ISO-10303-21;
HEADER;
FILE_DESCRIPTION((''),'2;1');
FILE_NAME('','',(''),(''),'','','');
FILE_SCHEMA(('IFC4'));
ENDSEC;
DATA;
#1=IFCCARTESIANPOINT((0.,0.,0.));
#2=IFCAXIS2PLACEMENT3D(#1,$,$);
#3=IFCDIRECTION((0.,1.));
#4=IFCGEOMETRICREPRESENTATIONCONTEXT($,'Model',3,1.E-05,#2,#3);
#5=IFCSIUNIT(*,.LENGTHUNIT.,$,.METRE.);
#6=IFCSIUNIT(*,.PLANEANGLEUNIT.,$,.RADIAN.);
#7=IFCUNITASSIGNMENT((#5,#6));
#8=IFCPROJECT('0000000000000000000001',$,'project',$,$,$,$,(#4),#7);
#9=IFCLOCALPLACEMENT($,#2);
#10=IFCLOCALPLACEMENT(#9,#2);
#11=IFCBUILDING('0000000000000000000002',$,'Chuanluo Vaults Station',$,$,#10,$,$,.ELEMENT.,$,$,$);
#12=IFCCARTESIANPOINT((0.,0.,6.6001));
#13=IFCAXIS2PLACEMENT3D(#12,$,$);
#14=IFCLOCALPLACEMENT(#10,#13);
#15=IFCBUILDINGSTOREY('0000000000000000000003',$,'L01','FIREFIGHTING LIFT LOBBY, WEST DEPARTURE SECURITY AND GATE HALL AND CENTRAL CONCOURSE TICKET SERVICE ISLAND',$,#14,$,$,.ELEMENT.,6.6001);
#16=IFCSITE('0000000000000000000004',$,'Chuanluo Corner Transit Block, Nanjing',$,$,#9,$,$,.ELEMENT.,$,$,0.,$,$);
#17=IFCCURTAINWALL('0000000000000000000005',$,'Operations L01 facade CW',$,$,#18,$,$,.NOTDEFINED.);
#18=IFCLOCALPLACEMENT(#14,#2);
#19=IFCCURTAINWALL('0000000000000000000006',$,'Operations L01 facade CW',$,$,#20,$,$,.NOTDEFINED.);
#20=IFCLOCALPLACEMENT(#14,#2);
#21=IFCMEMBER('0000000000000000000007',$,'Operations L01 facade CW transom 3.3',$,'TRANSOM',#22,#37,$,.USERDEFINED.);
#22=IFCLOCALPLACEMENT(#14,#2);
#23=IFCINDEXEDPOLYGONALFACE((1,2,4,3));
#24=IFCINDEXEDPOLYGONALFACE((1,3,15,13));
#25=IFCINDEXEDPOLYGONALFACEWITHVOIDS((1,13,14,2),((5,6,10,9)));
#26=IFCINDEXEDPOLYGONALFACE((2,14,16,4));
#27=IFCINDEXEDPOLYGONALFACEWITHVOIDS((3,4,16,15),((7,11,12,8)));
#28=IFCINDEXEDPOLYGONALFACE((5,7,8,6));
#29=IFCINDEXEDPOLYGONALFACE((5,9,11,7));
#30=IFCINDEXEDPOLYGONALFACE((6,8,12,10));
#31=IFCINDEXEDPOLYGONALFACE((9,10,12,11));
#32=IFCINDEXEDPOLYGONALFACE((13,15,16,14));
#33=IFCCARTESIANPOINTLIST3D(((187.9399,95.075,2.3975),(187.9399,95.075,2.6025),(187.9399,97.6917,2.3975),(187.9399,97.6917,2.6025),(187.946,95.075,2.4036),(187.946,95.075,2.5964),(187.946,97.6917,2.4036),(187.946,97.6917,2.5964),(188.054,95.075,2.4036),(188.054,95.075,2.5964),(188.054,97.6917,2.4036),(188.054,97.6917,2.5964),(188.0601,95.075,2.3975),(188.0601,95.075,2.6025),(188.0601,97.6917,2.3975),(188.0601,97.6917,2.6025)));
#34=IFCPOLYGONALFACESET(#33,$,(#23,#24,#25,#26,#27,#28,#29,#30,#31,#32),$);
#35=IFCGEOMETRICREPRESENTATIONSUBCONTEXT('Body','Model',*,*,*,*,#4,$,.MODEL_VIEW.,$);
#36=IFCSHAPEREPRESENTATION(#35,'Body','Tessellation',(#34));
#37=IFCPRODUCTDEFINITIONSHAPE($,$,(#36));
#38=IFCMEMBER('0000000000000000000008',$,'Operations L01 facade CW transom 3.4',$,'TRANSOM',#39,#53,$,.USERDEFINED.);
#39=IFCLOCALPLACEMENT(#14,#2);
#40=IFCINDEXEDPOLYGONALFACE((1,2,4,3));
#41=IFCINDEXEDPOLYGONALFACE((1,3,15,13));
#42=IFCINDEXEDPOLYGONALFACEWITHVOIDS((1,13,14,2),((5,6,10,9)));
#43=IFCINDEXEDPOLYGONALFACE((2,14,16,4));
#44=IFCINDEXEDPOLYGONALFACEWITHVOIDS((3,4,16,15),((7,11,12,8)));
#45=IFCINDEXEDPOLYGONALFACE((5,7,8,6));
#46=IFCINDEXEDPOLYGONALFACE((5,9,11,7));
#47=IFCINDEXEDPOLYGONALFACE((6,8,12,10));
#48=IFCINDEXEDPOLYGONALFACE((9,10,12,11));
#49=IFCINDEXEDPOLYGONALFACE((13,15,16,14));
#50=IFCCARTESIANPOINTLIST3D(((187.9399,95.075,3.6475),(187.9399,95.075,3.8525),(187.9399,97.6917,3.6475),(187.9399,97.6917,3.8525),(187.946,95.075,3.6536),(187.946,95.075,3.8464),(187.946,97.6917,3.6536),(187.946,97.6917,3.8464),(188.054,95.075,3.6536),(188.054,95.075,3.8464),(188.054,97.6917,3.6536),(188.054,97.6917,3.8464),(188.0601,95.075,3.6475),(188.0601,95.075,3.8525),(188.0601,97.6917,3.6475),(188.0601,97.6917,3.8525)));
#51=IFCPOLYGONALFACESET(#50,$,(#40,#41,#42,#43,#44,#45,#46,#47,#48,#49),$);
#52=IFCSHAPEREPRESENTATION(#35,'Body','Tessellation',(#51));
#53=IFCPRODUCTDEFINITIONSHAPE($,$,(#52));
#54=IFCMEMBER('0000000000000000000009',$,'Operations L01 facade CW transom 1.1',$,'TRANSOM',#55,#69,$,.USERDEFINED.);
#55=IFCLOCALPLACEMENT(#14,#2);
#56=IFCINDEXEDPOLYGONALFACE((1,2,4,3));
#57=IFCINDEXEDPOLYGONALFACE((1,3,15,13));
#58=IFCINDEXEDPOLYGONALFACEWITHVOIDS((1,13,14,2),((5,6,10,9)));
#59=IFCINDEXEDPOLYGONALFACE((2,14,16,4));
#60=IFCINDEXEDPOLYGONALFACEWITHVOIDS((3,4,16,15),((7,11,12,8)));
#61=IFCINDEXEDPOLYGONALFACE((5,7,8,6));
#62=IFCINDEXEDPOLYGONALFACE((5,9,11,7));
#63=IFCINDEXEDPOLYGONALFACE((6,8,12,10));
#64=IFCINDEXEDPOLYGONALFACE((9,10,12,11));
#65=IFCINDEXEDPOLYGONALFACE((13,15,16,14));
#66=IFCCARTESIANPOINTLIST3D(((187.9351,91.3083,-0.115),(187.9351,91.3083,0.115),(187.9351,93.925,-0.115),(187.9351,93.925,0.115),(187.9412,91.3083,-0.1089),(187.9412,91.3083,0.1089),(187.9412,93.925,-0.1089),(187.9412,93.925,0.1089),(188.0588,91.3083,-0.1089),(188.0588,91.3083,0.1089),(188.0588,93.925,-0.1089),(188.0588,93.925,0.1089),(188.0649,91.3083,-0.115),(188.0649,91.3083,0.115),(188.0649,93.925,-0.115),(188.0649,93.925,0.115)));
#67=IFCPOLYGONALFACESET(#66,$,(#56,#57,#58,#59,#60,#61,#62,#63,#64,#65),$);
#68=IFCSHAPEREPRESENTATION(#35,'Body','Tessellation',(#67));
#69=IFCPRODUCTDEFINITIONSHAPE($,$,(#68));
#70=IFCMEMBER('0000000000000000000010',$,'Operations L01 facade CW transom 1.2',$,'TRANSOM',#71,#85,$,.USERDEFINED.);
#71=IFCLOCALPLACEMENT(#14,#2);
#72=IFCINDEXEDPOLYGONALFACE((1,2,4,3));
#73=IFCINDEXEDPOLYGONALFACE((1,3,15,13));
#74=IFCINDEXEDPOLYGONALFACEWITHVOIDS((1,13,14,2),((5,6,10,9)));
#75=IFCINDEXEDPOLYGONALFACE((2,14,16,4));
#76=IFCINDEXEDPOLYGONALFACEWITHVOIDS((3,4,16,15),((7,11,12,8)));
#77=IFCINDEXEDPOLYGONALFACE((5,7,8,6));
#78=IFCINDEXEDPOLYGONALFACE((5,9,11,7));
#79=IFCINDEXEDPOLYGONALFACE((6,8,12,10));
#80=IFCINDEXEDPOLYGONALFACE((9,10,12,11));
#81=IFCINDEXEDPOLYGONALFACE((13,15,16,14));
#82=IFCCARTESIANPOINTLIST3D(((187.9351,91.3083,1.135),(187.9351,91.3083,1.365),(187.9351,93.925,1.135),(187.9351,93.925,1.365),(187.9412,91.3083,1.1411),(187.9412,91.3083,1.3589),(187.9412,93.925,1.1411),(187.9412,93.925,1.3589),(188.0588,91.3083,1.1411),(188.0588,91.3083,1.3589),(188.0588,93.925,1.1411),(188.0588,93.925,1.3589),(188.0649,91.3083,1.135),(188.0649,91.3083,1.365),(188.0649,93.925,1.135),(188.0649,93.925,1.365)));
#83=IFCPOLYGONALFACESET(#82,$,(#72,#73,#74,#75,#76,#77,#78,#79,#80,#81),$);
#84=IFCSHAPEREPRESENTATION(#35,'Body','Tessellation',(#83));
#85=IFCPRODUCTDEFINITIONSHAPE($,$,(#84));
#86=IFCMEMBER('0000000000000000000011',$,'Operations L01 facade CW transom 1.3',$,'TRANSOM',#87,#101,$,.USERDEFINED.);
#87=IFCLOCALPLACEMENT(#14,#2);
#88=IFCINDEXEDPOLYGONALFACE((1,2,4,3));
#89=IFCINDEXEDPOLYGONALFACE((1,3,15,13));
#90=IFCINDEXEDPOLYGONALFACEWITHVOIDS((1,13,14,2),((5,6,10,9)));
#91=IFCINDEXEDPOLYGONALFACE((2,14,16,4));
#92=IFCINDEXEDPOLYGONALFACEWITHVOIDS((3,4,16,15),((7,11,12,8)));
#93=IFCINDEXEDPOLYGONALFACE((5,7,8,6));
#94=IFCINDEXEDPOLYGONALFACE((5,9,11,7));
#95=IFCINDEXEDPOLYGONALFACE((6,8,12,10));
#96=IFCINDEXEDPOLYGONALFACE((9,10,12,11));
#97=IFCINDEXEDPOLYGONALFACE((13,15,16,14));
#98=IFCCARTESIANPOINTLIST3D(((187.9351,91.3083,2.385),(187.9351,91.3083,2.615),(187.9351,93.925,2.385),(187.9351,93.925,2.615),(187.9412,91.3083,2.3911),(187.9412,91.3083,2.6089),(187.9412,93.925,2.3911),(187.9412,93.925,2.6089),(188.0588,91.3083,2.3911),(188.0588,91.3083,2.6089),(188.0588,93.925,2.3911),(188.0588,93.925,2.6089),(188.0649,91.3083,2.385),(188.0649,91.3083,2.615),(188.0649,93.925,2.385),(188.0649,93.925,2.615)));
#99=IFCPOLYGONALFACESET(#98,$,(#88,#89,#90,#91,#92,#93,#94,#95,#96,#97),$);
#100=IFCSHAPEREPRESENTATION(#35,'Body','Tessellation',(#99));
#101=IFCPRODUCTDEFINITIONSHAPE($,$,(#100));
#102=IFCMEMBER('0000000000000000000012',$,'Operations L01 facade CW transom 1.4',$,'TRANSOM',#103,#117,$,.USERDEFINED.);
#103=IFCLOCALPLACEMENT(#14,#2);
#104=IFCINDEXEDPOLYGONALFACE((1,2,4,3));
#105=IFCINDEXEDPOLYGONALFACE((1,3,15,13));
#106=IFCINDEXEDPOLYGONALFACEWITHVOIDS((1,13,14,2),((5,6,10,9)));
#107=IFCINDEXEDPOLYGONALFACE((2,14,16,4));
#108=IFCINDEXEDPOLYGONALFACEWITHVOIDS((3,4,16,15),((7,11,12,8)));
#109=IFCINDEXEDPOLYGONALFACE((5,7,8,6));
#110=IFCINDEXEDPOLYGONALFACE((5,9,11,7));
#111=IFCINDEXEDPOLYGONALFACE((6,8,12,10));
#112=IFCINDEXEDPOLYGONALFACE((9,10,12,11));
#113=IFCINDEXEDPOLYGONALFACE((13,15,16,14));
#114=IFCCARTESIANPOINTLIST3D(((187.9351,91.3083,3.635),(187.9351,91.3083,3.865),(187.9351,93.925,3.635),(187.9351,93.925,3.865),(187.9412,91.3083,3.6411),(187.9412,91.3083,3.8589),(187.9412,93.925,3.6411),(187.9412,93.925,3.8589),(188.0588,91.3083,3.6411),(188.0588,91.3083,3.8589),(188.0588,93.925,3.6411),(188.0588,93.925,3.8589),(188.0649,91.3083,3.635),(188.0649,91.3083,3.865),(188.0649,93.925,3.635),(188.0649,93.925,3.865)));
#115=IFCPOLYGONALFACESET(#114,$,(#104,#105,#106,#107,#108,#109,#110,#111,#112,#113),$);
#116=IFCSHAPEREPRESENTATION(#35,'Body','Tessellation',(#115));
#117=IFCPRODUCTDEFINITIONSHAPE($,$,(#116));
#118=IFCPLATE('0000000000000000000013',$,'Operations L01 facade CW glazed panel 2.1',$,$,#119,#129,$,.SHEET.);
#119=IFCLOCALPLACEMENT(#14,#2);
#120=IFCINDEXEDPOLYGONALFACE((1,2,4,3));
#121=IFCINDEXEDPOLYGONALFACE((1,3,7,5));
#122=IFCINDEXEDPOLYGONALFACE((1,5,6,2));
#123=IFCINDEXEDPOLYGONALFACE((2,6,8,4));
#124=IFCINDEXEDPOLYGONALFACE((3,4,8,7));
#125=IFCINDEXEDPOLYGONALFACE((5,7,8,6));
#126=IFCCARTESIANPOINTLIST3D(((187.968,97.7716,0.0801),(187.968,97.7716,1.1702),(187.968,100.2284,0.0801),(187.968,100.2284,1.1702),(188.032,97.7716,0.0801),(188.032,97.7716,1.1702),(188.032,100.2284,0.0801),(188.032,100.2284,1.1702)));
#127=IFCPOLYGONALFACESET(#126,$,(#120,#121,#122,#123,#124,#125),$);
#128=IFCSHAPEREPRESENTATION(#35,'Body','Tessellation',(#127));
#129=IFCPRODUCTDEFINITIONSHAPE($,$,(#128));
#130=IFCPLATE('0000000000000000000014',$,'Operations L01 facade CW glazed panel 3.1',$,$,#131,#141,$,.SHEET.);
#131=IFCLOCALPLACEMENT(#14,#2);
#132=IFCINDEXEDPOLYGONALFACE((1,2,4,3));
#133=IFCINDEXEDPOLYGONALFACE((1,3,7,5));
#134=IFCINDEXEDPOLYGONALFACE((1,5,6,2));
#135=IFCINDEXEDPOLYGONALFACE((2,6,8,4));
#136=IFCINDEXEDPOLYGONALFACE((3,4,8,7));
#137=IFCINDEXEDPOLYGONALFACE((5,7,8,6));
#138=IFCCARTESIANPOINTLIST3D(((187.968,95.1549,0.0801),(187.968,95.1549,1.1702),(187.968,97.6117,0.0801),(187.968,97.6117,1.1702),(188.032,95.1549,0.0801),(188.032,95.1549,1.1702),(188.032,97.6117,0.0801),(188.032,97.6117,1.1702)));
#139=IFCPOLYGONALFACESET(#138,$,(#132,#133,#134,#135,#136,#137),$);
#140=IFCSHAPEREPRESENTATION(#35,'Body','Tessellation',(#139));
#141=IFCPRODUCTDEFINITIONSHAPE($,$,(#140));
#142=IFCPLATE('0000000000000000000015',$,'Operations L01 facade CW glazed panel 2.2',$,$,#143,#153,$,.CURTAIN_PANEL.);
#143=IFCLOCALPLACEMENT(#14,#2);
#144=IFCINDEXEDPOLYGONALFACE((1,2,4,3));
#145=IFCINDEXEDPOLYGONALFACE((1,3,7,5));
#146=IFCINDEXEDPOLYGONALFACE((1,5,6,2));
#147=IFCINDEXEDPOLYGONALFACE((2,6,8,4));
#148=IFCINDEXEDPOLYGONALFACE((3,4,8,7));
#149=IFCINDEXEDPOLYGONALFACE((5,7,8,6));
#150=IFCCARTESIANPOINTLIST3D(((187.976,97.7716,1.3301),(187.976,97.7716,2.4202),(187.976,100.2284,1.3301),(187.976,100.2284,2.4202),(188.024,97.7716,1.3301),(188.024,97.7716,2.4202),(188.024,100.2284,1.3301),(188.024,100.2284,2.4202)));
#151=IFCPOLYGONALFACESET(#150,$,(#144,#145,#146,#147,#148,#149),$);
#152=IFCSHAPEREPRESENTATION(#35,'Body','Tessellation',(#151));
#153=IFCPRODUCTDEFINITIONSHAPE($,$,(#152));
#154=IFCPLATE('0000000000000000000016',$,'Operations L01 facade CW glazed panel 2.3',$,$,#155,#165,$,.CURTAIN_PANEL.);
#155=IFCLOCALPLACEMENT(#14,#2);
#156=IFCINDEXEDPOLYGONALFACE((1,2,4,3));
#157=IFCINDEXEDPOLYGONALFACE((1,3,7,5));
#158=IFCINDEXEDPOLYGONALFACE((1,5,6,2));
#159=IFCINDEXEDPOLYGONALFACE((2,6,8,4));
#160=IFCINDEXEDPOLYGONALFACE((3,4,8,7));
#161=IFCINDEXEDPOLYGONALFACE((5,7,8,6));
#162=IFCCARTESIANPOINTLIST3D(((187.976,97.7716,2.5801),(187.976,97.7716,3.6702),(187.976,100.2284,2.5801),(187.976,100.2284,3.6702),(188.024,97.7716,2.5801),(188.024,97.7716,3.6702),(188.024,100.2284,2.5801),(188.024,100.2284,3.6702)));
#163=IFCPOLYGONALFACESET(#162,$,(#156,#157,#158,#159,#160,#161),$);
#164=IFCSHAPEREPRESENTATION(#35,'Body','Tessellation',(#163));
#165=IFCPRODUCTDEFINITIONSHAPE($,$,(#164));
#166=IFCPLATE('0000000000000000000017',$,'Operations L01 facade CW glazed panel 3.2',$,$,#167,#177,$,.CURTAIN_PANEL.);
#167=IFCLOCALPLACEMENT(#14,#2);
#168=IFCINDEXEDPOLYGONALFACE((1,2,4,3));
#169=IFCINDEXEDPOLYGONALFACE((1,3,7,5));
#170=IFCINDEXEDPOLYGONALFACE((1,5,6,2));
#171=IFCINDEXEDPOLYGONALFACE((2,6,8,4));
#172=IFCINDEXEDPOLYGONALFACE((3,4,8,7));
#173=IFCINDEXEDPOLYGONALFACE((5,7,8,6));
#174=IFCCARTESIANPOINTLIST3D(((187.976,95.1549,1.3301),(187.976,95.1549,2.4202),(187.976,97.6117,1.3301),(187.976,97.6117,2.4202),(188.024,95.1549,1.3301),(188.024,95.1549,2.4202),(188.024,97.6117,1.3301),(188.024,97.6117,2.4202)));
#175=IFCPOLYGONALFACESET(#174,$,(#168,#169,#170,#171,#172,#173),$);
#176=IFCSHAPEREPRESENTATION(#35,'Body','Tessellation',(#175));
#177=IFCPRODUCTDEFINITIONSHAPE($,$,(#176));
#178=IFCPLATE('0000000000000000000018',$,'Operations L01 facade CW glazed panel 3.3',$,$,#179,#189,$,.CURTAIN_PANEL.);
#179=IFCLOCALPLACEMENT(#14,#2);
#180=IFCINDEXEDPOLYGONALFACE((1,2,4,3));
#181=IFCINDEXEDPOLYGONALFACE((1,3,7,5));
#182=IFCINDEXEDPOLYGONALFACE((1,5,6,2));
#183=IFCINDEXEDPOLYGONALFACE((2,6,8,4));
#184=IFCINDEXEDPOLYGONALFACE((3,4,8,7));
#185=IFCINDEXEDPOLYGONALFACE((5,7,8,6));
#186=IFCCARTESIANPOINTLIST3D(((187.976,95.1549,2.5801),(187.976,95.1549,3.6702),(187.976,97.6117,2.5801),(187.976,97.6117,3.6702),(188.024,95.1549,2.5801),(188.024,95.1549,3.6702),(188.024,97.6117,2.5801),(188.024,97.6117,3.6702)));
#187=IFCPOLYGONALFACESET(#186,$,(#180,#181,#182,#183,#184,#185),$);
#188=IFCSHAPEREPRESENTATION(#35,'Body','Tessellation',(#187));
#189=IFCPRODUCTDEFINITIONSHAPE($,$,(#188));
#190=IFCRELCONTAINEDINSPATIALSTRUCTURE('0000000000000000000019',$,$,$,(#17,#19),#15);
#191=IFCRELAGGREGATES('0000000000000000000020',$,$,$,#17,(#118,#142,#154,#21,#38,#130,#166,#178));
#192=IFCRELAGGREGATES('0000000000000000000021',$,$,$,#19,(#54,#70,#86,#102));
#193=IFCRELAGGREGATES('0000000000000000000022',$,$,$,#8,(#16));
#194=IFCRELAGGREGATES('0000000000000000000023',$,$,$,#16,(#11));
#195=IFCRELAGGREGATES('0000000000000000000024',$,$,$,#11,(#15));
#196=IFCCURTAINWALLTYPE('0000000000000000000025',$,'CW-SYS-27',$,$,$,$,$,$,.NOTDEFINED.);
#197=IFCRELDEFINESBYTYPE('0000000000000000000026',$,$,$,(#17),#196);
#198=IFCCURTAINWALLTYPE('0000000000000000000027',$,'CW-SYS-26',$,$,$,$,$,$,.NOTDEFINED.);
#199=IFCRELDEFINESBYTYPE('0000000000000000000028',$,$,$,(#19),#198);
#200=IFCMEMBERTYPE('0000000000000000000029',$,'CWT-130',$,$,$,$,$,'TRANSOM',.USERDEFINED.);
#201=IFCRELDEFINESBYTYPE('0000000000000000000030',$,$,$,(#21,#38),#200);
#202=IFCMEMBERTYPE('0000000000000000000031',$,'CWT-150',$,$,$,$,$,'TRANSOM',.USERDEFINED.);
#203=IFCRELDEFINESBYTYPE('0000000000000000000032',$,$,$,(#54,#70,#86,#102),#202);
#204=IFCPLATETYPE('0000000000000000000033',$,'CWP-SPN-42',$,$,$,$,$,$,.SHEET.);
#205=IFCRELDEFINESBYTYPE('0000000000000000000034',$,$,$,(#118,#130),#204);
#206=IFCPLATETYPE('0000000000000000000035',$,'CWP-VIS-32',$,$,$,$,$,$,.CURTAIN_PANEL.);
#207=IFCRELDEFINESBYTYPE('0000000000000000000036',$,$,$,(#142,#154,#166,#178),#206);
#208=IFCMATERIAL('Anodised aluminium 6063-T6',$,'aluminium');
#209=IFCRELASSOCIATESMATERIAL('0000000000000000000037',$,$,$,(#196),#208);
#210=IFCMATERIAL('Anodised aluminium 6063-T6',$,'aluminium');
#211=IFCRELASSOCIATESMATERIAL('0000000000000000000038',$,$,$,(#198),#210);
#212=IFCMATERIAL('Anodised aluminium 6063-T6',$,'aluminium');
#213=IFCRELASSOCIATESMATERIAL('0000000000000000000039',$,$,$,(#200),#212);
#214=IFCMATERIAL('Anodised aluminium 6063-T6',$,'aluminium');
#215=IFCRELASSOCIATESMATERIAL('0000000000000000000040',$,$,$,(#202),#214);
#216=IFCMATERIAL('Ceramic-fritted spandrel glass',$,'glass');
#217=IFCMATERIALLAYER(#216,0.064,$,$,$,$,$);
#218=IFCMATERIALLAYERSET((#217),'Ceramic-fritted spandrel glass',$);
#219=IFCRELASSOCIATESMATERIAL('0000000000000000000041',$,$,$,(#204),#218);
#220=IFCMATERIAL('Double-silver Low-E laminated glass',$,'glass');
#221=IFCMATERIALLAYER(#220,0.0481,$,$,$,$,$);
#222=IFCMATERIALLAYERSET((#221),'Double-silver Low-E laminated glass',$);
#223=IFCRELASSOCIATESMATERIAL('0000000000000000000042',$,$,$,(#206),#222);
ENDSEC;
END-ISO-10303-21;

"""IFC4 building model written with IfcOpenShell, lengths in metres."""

from ifc_helpers import new_model, si_unit, direction, frame, origin, origin_2d, place, context, subcontext, project, spatial, rectangle, hollow_rectangle, extrude, material, layer, layer_set, material_profile, profile_set, type_object, element, aggregate, save


model = new_model("IFC4")

# Units and contexts
model_context = context("Model", 3, precision=1e-05, world=origin(), true_north=direction((0.0, 1.0)))
body_context = subcontext(model_context, "Body", "Model", "MODEL_VIEW")
ifc_project = project(units=[si_unit("LENGTHUNIT", "METRE"), si_unit("PLANEANGLEUNIT", "RADIAN")], contexts=[model_context])

# Site, building, storey
site_placement = place(None, origin())
site = spatial("IfcSite", under=ifc_project, at=site_placement, Name="Chuanluo Corner Transit Block, Nanjing", CompositionType="ELEMENT", RefElevation=0.0)
building_placement = place(site_placement, origin())
building = spatial("IfcBuilding", under=site, at=building_placement, Name="Chuanluo Vaults Station", CompositionType="ELEMENT")
storey_placement = place(building_placement, frame((0.0, 0.0, 6.6001)))
storey = spatial("IfcBuildingStorey", under=building, at=storey_placement, Name="L01", Description="FIREFIGHTING LIFT LOBBY, WEST DEPARTURE SECURITY AND GATE HALL AND CENTRAL CONCOURSE TICKET SERVICE ISLAND", CompositionType="ELEMENT", Elevation=6.6001)

# Curtain wall
ifc_material_1 = material(Name="Anodised aluminium 6063-T6", Category="aluminium")
curtain_wall_type_1 = type_object("IfcCurtainWallType", Name="CW-SYS-27", PredefinedType="NOTDEFINED", material=ifc_material_1)
curtain_wall_1_placement = place(storey_placement, origin())
curtain_wall_1 = element("IfcCurtainWall", 1, at=curtain_wall_1_placement, inside=storey, type_object=curtain_wall_type_1, Name="Operations L01 facade CW", PredefinedType="NOTDEFINED")

# Curtain wall
ifc_material_2 = material(Name="Anodised aluminium 6063-T6", Category="aluminium")
curtain_wall_type_2 = type_object("IfcCurtainWallType", Name="CW-SYS-26", PredefinedType="NOTDEFINED", material=ifc_material_2)
curtain_wall_2_placement = place(storey_placement, origin())
curtain_wall_2 = element("IfcCurtainWall", 2, at=curtain_wall_2_placement, inside=storey, type_object=curtain_wall_type_2, Name="Operations L01 facade CW", PredefinedType="NOTDEFINED")

# Members
ifc_material_3 = material(Name="Anodised aluminium 6063-T6", Category="aluminium")
ifc_material_profile_1 = material_profile(ifc_material_3, hollow_rectangle(XDim=0.1201, YDim=0.2051, WallThickness=0.0061, at=origin_2d()))
ifc_profile_set_1 = profile_set([ifc_material_profile_1], Name="Anodised aluminium 6063-T6")
member_type_1 = type_object("IfcMemberType", Name="CWT-130", ElementType="TRANSOM", PredefinedType="USERDEFINED", material=ifc_profile_set_1)
member_1_placement = place(storey_placement, frame((188.0, 97.6917, 2.5), z_axis=(0.0, -1.0, 0.0), x_axis=(1.0, 0.0, 0.0)))
member_1 = element("IfcMember", 3, at=member_1_placement, type_object=member_type_1, Name="Operations L01 facade CW transom 3.3", ObjectType="TRANSOM", PredefinedType="USERDEFINED", context=body_context, shape_type="SweptSolid", body=[
    extrude(hollow_rectangle(XDim=0.1201, YDim=0.2051, WallThickness=0.0061, at=origin_2d()), origin(), (0.0, 0.0, 1.0), 2.6167),
])
member_2_placement = place(storey_placement, frame((188.0, 97.6917, 3.75), z_axis=(0.0, -1.0, 0.0), x_axis=(1.0, 0.0, 0.0)))
member_2 = element("IfcMember", 4, at=member_2_placement, type_object=member_type_1, Name="Operations L01 facade CW transom 3.4", ObjectType="TRANSOM", PredefinedType="USERDEFINED", context=body_context, shape_type="SweptSolid", body=[
    extrude(hollow_rectangle(XDim=0.1201, YDim=0.2051, WallThickness=0.0061, at=origin_2d()), origin(), (0.0, 0.0, 1.0), 2.6167),
])
ifc_material_4 = material(Name="Anodised aluminium 6063-T6", Category="aluminium")
ifc_material_profile_2 = material_profile(ifc_material_4, hollow_rectangle(XDim=0.1299, YDim=0.23, WallThickness=0.0061, at=origin_2d()))
ifc_profile_set_2 = profile_set([ifc_material_profile_2], Name="Anodised aluminium 6063-T6")
member_type_2 = type_object("IfcMemberType", Name="CWT-150", ElementType="TRANSOM", PredefinedType="USERDEFINED", material=ifc_profile_set_2)
member_3_placement = place(storey_placement, frame((188.0, 93.925, 0.0), z_axis=(0.0, -1.0, 0.0), x_axis=(1.0, 0.0, 0.0)))
member_3 = element("IfcMember", 5, at=member_3_placement, type_object=member_type_2, Name="Operations L01 facade CW transom 1.1", ObjectType="TRANSOM", PredefinedType="USERDEFINED", context=body_context, shape_type="SweptSolid", body=[
    extrude(hollow_rectangle(XDim=0.1299, YDim=0.23, WallThickness=0.0061, at=origin_2d()), origin(), (0.0, 0.0, 1.0), 2.6167),
])
member_4_placement = place(storey_placement, frame((188.0, 93.925, 1.25), z_axis=(0.0, -1.0, 0.0), x_axis=(1.0, 0.0, 0.0)))
member_4 = element("IfcMember", 6, at=member_4_placement, type_object=member_type_2, Name="Operations L01 facade CW transom 1.2", ObjectType="TRANSOM", PredefinedType="USERDEFINED", context=body_context, shape_type="SweptSolid", body=[
    extrude(hollow_rectangle(XDim=0.1299, YDim=0.23, WallThickness=0.0061, at=origin_2d()), origin(), (0.0, 0.0, 1.0), 2.6167),
])
member_5_placement = place(storey_placement, frame((188.0, 93.925, 2.5), z_axis=(0.0, -1.0, 0.0), x_axis=(1.0, 0.0, 0.0)))
member_5 = element("IfcMember", 7, at=member_5_placement, type_object=member_type_2, Name="Operations L01 facade CW transom 1.3", ObjectType="TRANSOM", PredefinedType="USERDEFINED", context=body_context, shape_type="SweptSolid", body=[
    extrude(hollow_rectangle(XDim=0.1299, YDim=0.23, WallThickness=0.0061, at=origin_2d()), origin(), (0.0, 0.0, 1.0), 2.6167),
])
member_6_placement = place(storey_placement, frame((188.0, 93.925, 3.75), z_axis=(0.0, -1.0, 0.0), x_axis=(1.0, 0.0, 0.0)))
member_6 = element("IfcMember", 8, at=member_6_placement, type_object=member_type_2, Name="Operations L01 facade CW transom 1.4", ObjectType="TRANSOM", PredefinedType="USERDEFINED", context=body_context, shape_type="SweptSolid", body=[
    extrude(hollow_rectangle(XDim=0.1299, YDim=0.23, WallThickness=0.0061, at=origin_2d()), origin(), (0.0, 0.0, 1.0), 2.6167),
])

# Plates
ifc_material_5 = material(Name="Ceramic-fritted spandrel glass", Category="glass")
ifc_layer_1 = layer(ifc_material_5, 0.064)
ifc_layer_set_1 = layer_set([ifc_layer_1], Name="Ceramic-fritted spandrel glass")
plate_type_1 = type_object("IfcPlateType", Name="CWP-SPN-42", PredefinedType="SHEET", material=ifc_layer_set_1)
plate_1_placement = place(storey_placement, frame((188.0, 99.0, 0.0801), z_axis=(0.0, 0.0, 1.0), x_axis=(0.0, -1.0, 0.0)))
plate_1 = element("IfcPlate", 9, at=plate_1_placement, type_object=plate_type_1, Name="Operations L01 facade CW glazed panel 2.1", PredefinedType="SHEET", context=body_context, shape_type="SweptSolid", body=[
    extrude(rectangle(XDim=2.4568, YDim=0.064, at=origin_2d()), origin(), (0.0, 0.0, 1.0), 1.0901),
])
plate_2_placement = place(storey_placement, frame((188.0, 96.3833, 0.0801), z_axis=(0.0, 0.0, 1.0), x_axis=(0.0, -1.0, 0.0)))
plate_2 = element("IfcPlate", 10, at=plate_2_placement, type_object=plate_type_1, Name="Operations L01 facade CW glazed panel 3.1", PredefinedType="SHEET", context=body_context, shape_type="SweptSolid", body=[
    extrude(rectangle(XDim=2.4568, YDim=0.064, at=origin_2d()), origin(), (0.0, 0.0, 1.0), 1.0901),
])
ifc_material_6 = material(Name="Double-silver Low-E laminated glass", Category="glass")
ifc_layer_2 = layer(ifc_material_6, 0.0481)
ifc_layer_set_2 = layer_set([ifc_layer_2], Name="Double-silver Low-E laminated glass")
plate_type_2 = type_object("IfcPlateType", Name="CWP-VIS-32", PredefinedType="CURTAIN_PANEL", material=ifc_layer_set_2)
plate_3_placement = place(storey_placement, frame((188.0, 99.0, 1.3301), z_axis=(0.0, 0.0, 1.0), x_axis=(0.0, -1.0, 0.0)))
plate_3 = element("IfcPlate", 11, at=plate_3_placement, type_object=plate_type_2, Name="Operations L01 facade CW glazed panel 2.2", PredefinedType="CURTAIN_PANEL", context=body_context, shape_type="SweptSolid", body=[
    extrude(rectangle(XDim=2.4568, YDim=0.0481, at=origin_2d()), origin(), (0.0, 0.0, 1.0), 1.0901),
])
plate_4_placement = place(storey_placement, frame((188.0, 99.0, 2.5801), z_axis=(0.0, 0.0, 1.0), x_axis=(0.0, -1.0, 0.0)))
plate_4 = element("IfcPlate", 12, at=plate_4_placement, type_object=plate_type_2, Name="Operations L01 facade CW glazed panel 2.3", PredefinedType="CURTAIN_PANEL", context=body_context, shape_type="SweptSolid", body=[
    extrude(rectangle(XDim=2.4568, YDim=0.0481, at=origin_2d()), origin(), (0.0, 0.0, 1.0), 1.0901),
])
plate_5_placement = place(storey_placement, frame((188.0, 96.3833, 1.3301), z_axis=(0.0, 0.0, 1.0), x_axis=(0.0, -1.0, 0.0)))
plate_5 = element("IfcPlate", 13, at=plate_5_placement, type_object=plate_type_2, Name="Operations L01 facade CW glazed panel 3.2", PredefinedType="CURTAIN_PANEL", context=body_context, shape_type="SweptSolid", body=[
    extrude(rectangle(XDim=2.4568, YDim=0.0481, at=origin_2d()), origin(), (0.0, 0.0, 1.0), 1.0901),
])
plate_6_placement = place(storey_placement, frame((188.0, 96.3833, 2.5801), z_axis=(0.0, 0.0, 1.0), x_axis=(0.0, -1.0, 0.0)))
plate_6 = element("IfcPlate", 14, at=plate_6_placement, type_object=plate_type_2, Name="Operations L01 facade CW glazed panel 3.3", PredefinedType="CURTAIN_PANEL", context=body_context, shape_type="SweptSolid", body=[
    extrude(rectangle(XDim=2.4568, YDim=0.0481, at=origin_2d()), origin(), (0.0, 0.0, 1.0), 1.0901),
])
aggregate(curtain_wall_1, [plate_1, plate_3, plate_4, member_1, member_2, plate_2, plate_5, plate_6])
aggregate(curtain_wall_2, [member_3, member_4, member_5, member_6])

save(model, "model.ifc")
